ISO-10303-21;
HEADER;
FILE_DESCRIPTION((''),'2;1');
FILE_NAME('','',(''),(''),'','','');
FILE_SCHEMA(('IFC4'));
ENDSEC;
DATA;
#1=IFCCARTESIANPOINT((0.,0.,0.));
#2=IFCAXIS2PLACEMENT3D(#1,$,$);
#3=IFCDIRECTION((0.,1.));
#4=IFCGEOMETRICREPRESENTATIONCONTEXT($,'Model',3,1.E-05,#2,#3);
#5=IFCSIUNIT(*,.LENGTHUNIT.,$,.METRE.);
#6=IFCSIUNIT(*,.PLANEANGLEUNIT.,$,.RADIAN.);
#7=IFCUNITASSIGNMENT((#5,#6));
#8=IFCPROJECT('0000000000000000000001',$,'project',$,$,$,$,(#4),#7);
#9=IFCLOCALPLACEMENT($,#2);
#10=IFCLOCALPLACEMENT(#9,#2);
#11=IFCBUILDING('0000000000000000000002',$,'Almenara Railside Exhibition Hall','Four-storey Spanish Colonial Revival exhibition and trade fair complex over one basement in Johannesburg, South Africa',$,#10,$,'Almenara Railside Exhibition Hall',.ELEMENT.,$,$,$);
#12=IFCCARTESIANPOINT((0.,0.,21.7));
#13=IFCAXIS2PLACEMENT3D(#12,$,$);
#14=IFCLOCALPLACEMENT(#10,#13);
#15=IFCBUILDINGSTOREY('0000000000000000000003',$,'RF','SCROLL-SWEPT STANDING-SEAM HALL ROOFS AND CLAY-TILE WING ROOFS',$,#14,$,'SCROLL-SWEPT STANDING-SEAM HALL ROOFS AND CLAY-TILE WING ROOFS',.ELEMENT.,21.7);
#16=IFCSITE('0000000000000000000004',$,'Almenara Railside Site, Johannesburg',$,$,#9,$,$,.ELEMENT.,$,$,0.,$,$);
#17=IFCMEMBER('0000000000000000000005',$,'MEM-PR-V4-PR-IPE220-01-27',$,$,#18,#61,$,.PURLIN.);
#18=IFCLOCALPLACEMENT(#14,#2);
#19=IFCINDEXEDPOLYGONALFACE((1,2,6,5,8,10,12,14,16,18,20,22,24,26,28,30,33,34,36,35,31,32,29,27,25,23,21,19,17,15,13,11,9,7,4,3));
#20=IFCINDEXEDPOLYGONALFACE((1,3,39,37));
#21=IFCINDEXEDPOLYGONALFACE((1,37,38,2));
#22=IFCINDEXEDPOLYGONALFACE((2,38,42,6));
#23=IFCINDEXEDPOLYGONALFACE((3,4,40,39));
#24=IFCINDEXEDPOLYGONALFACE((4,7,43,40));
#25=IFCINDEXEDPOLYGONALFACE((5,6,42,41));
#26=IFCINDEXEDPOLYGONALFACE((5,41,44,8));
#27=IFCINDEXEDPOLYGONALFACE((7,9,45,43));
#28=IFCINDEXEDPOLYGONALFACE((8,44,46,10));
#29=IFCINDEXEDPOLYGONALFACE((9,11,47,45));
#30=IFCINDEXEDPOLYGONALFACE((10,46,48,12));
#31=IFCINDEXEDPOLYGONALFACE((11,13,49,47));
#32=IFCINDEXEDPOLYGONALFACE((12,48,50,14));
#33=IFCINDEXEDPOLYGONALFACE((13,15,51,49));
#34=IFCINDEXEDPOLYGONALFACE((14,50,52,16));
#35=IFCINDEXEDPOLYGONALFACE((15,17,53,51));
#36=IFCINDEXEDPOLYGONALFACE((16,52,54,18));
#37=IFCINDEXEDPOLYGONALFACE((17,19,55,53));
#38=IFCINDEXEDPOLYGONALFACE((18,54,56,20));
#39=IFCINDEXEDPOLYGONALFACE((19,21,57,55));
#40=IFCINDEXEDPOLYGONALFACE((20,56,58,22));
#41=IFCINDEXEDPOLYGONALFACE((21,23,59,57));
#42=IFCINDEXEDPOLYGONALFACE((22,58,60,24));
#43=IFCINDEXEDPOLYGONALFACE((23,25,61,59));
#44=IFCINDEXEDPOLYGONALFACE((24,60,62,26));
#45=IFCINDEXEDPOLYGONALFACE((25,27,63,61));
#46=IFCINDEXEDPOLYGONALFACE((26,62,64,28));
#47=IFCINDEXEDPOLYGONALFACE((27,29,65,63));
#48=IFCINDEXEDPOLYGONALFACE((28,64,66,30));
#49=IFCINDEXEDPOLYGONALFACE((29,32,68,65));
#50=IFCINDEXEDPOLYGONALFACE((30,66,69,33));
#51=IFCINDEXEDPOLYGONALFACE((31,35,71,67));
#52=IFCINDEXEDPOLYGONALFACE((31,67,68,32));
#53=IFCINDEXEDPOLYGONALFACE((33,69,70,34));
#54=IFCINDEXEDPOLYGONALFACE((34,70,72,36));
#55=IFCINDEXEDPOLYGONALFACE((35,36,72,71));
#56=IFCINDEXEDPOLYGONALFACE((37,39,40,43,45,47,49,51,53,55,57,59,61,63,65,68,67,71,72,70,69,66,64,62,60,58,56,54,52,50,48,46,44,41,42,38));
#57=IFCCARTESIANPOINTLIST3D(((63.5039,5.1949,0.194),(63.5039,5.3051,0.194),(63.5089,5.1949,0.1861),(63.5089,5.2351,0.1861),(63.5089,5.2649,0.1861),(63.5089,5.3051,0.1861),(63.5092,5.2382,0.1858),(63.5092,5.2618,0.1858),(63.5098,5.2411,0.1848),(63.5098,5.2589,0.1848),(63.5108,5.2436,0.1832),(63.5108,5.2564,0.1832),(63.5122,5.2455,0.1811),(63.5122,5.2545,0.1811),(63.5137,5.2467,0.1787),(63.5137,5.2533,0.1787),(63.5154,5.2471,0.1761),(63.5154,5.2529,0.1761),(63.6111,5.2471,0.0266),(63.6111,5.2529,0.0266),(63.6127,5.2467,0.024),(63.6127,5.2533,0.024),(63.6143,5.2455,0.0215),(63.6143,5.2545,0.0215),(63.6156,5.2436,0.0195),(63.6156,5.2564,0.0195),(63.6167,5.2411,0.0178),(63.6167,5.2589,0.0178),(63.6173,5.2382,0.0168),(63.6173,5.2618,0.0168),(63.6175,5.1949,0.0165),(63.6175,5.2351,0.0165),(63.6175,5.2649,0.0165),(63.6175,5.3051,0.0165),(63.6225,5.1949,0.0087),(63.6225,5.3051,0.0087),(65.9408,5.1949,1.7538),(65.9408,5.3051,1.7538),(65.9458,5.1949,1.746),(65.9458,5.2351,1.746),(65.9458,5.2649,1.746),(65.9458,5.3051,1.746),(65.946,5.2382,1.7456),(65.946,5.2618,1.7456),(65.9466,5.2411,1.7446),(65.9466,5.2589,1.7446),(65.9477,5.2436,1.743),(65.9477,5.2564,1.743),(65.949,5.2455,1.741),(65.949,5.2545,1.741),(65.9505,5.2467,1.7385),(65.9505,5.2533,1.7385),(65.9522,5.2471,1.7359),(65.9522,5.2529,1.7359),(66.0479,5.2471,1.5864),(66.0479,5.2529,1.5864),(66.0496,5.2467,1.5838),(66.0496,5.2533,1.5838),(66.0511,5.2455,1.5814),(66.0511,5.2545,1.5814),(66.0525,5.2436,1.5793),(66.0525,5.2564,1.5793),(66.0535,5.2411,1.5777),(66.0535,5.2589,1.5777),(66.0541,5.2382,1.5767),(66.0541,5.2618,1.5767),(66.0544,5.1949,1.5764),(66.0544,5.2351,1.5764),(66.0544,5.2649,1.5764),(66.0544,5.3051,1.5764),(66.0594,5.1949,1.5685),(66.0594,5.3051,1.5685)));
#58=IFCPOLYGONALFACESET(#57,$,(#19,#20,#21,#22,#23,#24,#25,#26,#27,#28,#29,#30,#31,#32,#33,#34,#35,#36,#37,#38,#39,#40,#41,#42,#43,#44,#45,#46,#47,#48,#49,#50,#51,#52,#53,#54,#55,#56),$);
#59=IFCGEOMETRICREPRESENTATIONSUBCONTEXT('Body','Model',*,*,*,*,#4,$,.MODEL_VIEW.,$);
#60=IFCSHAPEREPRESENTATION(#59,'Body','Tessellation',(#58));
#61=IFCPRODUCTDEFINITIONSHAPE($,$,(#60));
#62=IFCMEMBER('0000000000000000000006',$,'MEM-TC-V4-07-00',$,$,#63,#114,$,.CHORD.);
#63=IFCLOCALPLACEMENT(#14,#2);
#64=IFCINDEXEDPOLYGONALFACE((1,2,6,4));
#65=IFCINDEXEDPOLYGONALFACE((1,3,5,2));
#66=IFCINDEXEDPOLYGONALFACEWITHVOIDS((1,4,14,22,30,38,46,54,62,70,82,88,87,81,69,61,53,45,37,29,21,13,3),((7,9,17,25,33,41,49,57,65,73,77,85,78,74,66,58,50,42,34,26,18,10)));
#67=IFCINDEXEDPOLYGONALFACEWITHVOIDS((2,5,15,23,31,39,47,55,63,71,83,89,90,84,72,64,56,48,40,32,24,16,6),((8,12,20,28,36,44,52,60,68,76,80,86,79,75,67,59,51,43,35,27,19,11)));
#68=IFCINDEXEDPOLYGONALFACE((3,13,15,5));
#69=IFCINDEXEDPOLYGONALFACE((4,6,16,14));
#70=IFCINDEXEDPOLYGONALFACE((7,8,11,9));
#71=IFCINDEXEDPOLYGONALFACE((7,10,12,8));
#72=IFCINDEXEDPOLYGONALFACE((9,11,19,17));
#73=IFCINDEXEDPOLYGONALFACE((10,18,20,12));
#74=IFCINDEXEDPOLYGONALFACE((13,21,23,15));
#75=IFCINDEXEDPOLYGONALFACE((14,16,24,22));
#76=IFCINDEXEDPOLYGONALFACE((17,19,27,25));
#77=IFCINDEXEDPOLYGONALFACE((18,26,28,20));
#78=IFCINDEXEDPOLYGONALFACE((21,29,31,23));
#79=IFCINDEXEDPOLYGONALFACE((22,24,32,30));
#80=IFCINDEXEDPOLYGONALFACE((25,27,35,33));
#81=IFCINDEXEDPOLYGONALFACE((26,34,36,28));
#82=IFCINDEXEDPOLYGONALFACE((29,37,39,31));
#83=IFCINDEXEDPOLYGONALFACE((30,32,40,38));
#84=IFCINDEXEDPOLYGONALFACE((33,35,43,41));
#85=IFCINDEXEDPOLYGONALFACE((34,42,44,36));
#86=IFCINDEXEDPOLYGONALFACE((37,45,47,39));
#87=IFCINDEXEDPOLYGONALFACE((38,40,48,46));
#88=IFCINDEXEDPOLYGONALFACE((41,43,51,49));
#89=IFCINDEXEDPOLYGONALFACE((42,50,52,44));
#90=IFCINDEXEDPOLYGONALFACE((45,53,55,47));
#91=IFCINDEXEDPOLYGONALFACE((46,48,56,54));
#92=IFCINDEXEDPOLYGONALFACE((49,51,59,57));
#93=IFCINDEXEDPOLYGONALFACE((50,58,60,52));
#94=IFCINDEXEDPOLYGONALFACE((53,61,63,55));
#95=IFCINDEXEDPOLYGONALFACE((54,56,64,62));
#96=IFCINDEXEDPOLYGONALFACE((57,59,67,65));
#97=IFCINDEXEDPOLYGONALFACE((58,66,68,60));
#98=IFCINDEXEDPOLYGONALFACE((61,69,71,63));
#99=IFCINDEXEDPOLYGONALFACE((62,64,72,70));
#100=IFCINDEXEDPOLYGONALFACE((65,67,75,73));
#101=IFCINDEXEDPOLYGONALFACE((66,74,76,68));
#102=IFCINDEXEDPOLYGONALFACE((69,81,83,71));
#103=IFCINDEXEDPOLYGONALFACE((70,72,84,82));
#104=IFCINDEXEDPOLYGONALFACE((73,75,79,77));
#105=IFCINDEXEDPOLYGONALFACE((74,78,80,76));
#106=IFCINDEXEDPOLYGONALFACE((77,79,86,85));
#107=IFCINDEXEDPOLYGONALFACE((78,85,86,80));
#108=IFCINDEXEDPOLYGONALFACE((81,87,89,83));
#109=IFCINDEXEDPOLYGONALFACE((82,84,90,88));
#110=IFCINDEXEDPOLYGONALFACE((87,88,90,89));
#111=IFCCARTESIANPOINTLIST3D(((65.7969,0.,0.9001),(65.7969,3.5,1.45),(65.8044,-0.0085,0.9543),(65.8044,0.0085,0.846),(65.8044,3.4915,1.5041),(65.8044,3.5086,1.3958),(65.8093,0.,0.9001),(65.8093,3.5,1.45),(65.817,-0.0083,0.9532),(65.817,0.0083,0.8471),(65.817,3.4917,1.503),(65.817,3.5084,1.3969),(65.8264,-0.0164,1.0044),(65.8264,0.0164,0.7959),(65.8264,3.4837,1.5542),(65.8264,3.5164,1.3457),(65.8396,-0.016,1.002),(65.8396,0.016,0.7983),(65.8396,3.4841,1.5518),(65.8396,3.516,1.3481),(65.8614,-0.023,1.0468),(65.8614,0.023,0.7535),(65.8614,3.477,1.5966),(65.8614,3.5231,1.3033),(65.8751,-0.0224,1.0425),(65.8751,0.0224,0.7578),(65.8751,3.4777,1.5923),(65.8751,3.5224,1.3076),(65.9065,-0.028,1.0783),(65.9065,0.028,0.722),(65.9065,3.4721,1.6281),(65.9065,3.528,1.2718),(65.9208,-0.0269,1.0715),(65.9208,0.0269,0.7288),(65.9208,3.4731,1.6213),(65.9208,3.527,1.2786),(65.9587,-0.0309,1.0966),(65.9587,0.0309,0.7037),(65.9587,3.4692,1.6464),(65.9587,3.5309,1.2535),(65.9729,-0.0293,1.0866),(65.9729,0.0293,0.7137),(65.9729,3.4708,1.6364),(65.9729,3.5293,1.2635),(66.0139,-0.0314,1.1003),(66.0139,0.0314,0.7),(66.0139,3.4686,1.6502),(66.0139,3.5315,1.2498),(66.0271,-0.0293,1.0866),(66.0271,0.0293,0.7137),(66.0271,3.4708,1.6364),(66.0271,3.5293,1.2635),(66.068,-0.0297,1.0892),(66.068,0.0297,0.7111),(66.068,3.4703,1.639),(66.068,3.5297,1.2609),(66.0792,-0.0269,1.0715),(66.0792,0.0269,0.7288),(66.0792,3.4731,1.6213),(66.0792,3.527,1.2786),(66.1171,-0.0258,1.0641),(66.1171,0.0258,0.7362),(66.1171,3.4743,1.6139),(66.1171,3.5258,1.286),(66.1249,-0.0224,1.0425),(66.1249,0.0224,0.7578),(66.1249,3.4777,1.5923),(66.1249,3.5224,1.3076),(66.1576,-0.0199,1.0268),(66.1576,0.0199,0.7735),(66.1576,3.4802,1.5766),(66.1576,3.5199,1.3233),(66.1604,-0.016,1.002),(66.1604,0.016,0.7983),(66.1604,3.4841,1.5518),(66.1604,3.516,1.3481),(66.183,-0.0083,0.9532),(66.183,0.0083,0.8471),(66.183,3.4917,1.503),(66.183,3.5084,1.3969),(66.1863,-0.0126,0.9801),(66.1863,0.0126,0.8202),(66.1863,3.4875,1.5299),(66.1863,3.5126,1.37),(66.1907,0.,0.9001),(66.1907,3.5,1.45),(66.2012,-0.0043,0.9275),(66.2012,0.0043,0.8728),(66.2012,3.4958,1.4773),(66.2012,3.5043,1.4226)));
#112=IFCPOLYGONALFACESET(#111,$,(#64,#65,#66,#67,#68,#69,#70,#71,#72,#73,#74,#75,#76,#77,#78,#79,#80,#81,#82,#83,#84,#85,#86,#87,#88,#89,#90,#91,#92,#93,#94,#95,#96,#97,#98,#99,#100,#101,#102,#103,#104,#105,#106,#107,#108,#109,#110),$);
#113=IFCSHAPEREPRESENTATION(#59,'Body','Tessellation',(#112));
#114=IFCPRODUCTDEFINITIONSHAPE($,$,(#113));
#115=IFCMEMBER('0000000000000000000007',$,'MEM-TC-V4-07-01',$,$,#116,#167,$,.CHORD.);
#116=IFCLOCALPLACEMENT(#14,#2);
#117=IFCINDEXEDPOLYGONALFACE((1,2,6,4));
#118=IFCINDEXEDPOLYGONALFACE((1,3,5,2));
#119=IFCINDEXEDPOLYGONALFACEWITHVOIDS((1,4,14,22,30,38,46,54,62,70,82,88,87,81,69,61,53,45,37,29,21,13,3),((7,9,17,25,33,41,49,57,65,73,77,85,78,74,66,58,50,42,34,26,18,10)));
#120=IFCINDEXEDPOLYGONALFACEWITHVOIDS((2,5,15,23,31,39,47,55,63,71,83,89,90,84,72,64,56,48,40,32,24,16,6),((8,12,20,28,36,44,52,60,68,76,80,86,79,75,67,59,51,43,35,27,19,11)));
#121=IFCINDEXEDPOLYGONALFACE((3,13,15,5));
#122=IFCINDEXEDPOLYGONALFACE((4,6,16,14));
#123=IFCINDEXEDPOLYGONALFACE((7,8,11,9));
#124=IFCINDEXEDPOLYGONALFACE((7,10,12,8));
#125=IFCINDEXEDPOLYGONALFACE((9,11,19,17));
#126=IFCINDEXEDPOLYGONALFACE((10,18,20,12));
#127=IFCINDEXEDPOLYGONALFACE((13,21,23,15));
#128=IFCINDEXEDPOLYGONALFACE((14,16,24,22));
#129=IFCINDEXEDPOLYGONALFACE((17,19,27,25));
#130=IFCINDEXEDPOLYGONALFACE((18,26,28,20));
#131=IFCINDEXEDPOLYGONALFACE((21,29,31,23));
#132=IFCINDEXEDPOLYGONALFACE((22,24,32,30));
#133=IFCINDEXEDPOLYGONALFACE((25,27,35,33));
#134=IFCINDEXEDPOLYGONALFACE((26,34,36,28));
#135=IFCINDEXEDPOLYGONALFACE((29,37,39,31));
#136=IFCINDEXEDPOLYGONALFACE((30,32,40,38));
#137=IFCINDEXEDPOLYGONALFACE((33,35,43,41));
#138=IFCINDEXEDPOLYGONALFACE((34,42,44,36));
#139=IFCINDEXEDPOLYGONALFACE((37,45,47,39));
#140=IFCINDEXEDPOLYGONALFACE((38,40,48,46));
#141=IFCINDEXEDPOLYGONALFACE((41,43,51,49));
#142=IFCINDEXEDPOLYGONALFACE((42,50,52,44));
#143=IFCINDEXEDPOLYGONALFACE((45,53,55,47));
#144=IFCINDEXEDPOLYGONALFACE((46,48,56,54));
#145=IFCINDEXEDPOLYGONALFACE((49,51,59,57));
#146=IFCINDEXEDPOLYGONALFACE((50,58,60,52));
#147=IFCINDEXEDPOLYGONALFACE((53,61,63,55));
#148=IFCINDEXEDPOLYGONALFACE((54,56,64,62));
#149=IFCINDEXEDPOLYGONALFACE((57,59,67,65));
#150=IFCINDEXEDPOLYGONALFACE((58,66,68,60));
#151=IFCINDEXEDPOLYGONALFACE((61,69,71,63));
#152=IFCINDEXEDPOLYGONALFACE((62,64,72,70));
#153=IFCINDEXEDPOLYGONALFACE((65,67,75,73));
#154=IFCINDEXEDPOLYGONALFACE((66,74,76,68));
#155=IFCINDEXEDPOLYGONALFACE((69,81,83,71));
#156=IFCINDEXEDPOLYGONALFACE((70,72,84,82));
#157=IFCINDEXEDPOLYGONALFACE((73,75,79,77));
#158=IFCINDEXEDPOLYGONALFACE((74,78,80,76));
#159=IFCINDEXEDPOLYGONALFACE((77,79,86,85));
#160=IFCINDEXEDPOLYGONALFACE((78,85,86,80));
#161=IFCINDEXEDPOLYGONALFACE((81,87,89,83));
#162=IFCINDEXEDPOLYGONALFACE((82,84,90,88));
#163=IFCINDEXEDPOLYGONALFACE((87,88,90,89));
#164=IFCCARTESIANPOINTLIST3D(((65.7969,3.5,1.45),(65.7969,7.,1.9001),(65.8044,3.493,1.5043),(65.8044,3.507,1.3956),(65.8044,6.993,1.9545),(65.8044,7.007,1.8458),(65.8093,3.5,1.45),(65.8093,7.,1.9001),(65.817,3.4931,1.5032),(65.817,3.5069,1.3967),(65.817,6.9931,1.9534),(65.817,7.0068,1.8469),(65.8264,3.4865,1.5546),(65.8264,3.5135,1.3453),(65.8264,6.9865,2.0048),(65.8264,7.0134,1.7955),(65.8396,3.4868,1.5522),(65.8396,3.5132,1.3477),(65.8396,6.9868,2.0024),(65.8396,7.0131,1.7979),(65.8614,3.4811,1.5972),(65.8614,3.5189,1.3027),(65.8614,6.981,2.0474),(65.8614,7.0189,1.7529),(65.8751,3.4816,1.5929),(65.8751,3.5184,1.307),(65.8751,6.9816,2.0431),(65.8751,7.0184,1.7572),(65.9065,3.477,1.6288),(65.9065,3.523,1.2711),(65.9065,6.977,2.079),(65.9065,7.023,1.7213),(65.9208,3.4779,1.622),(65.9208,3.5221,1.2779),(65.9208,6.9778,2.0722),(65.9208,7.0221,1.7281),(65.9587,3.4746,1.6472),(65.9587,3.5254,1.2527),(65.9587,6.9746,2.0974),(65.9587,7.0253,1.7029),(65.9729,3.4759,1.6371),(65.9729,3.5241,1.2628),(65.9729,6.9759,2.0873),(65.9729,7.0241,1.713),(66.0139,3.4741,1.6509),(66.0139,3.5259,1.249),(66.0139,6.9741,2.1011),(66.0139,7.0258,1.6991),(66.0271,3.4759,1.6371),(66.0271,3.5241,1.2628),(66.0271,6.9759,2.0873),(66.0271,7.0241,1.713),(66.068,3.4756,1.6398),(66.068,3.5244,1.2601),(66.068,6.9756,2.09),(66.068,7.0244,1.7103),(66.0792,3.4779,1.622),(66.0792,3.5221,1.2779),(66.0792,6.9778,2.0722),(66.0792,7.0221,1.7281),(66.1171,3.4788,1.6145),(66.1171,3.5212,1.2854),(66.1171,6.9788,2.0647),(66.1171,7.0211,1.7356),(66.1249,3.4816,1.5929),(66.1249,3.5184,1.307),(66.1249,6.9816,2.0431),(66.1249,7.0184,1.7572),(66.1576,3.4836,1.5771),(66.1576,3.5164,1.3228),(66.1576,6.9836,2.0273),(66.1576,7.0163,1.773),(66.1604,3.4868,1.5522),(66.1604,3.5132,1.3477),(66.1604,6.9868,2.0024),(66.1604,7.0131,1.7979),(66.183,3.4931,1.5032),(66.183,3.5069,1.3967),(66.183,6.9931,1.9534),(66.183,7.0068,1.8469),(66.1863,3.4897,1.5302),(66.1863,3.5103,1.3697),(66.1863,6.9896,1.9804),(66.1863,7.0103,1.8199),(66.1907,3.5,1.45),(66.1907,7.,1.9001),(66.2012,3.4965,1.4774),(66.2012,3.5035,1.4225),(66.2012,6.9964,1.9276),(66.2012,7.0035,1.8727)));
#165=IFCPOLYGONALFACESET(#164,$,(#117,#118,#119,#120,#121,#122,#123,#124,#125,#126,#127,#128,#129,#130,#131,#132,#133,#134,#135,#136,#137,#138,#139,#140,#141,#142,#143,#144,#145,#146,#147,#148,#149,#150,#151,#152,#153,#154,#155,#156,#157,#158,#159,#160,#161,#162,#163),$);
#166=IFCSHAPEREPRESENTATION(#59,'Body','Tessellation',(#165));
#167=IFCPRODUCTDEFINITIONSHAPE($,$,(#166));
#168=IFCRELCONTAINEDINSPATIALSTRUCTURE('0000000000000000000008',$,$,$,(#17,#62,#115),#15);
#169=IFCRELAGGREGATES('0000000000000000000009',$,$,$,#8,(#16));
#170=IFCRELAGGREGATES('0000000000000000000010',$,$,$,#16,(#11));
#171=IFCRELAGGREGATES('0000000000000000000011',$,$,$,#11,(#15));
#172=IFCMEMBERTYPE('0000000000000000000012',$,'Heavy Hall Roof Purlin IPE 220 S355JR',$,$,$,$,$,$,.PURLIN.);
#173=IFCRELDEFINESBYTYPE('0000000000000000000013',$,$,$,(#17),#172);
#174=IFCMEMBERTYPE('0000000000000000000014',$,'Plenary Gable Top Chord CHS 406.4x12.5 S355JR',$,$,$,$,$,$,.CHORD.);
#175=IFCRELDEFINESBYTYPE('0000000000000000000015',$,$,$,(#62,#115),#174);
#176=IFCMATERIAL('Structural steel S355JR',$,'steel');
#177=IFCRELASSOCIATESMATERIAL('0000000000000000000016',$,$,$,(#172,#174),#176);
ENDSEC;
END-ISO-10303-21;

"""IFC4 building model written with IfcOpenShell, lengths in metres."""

from ifc_helpers import new_model, si_unit, direction, frame, origin, origin_2d, place, context, subcontext, project, spatial, hollow_circle, i_section, extrude, material, material_profile, profile_set, type_object, element, save


model = new_model("IFC4")

# Units and contexts
model_context = context("Model", 3, precision=1e-05, world=origin(), true_north=direction((0.0, 1.0)))
body_context = subcontext(model_context, "Body", "Model", "MODEL_VIEW")
ifc_project = project(units=[si_unit("LENGTHUNIT", "METRE"), si_unit("PLANEANGLEUNIT", "RADIAN")], contexts=[model_context])

# Site, building, storey
site_placement = place(None, origin())
site = spatial("IfcSite", under=ifc_project, at=site_placement, Name="Almenara Railside Site, Johannesburg", CompositionType="ELEMENT", RefElevation=0.0)
building_placement = place(site_placement, origin())
building = spatial("IfcBuilding", under=site, at=building_placement, Name="Almenara Railside Exhibition Hall", Description="Four-storey Spanish Colonial Revival exhibition and trade fair complex over one basement in Johannesburg, South Africa", LongName="Almenara Railside Exhibition Hall", CompositionType="ELEMENT")
storey_placement = place(building_placement, frame((0.0, 0.0, 21.7)))
storey = spatial("IfcBuildingStorey", under=building, at=storey_placement, Name="RF", Description="SCROLL-SWEPT STANDING-SEAM HALL ROOFS AND CLAY-TILE WING ROOFS", LongName="SCROLL-SWEPT STANDING-SEAM HALL ROOFS AND CLAY-TILE WING ROOFS", CompositionType="ELEMENT", Elevation=21.7)

# Shared definitions
ifc_material = material(Name="Structural steel S355JR", Category="steel")

# Members
ifc_material_profile_1 = material_profile(ifc_material, i_section(OverallWidth=0.1101, OverallDepth=0.22, WebThickness=0.0059, FlangeThickness=0.0093, FilletRadius=0.012, at=origin_2d()), Name="IPE 220")
ifc_profile_set_1 = profile_set([ifc_material_profile_1], Name="Structural steel S355JR")
member_type_1 = type_object("IfcMemberType", Name="Heavy Hall Roof Purlin IPE 220 S355JR", PredefinedType="PURLIN", material=ifc_profile_set_1)
member_1_placement = place(storey_placement, frame((63.5632, 5.25, 0.1013), z_axis=(0.842227, 0.0, 0.539123), x_axis=(0.0, 1.0, 0.0)))
element("IfcMember", 1, at=member_1_placement, inside=storey, type_object=member_type_1, Name="MEM-PR-V4-PR-IPE220-01-27", PredefinedType="PURLIN", context=body_context, shape_type="SweptSolid", body=[
    extrude(i_section(OverallWidth=0.1101, OverallDepth=0.22, WebThickness=0.0059, FlangeThickness=0.0093, FilletRadius=0.012, at=origin_2d()), origin(), (0.0, 0.0, 1.0), 2.8933),
])
ifc_material_profile_2 = material_profile(ifc_material, hollow_circle(Radius=0.2031, WallThickness=0.0125, at=origin_2d()), Name="CHS 406.4x12.5")
ifc_profile_set_2 = profile_set([ifc_material_profile_2], Name="Structural steel S355JR")
member_type_2 = type_object("IfcMemberType", Name="Plenary Gable Top Chord CHS 406.4x12.5 S355JR", PredefinedType="CHORD", material=ifc_profile_set_2)
member_2_placement = place(storey_placement, frame((66.0, 0.0, 0.9001), z_axis=(0.0, 0.987886, 0.155184), x_axis=(-1.0, 0.0, 0.0)))
element("IfcMember", 2, at=member_2_placement, inside=storey, type_object=member_type_2, Name="MEM-TC-V4-07-00", PredefinedType="CHORD", context=body_context, shape_type="SweptSolid", body=[
    extrude(hollow_circle(Radius=0.2031, WallThickness=0.0125, at=origin_2d()), origin(), (0.0, 0.0, 1.0), 3.543),
])
member_3_placement = place(storey_placement, frame((66.0, 3.5, 1.45), z_axis=(0.0, 0.991829, 0.127576), x_axis=(-1.0, 0.0, 0.0)))
element("IfcMember", 3, at=member_3_placement, inside=storey, type_object=member_type_2, Name="MEM-TC-V4-07-01", PredefinedType="CHORD", context=body_context, shape_type="SweptSolid", body=[
    extrude(hollow_circle(Radius=0.2031, WallThickness=0.0125, at=origin_2d()), origin(), (0.0, 0.0, 1.0), 3.5288),
])

save(model, "model.ifc")
